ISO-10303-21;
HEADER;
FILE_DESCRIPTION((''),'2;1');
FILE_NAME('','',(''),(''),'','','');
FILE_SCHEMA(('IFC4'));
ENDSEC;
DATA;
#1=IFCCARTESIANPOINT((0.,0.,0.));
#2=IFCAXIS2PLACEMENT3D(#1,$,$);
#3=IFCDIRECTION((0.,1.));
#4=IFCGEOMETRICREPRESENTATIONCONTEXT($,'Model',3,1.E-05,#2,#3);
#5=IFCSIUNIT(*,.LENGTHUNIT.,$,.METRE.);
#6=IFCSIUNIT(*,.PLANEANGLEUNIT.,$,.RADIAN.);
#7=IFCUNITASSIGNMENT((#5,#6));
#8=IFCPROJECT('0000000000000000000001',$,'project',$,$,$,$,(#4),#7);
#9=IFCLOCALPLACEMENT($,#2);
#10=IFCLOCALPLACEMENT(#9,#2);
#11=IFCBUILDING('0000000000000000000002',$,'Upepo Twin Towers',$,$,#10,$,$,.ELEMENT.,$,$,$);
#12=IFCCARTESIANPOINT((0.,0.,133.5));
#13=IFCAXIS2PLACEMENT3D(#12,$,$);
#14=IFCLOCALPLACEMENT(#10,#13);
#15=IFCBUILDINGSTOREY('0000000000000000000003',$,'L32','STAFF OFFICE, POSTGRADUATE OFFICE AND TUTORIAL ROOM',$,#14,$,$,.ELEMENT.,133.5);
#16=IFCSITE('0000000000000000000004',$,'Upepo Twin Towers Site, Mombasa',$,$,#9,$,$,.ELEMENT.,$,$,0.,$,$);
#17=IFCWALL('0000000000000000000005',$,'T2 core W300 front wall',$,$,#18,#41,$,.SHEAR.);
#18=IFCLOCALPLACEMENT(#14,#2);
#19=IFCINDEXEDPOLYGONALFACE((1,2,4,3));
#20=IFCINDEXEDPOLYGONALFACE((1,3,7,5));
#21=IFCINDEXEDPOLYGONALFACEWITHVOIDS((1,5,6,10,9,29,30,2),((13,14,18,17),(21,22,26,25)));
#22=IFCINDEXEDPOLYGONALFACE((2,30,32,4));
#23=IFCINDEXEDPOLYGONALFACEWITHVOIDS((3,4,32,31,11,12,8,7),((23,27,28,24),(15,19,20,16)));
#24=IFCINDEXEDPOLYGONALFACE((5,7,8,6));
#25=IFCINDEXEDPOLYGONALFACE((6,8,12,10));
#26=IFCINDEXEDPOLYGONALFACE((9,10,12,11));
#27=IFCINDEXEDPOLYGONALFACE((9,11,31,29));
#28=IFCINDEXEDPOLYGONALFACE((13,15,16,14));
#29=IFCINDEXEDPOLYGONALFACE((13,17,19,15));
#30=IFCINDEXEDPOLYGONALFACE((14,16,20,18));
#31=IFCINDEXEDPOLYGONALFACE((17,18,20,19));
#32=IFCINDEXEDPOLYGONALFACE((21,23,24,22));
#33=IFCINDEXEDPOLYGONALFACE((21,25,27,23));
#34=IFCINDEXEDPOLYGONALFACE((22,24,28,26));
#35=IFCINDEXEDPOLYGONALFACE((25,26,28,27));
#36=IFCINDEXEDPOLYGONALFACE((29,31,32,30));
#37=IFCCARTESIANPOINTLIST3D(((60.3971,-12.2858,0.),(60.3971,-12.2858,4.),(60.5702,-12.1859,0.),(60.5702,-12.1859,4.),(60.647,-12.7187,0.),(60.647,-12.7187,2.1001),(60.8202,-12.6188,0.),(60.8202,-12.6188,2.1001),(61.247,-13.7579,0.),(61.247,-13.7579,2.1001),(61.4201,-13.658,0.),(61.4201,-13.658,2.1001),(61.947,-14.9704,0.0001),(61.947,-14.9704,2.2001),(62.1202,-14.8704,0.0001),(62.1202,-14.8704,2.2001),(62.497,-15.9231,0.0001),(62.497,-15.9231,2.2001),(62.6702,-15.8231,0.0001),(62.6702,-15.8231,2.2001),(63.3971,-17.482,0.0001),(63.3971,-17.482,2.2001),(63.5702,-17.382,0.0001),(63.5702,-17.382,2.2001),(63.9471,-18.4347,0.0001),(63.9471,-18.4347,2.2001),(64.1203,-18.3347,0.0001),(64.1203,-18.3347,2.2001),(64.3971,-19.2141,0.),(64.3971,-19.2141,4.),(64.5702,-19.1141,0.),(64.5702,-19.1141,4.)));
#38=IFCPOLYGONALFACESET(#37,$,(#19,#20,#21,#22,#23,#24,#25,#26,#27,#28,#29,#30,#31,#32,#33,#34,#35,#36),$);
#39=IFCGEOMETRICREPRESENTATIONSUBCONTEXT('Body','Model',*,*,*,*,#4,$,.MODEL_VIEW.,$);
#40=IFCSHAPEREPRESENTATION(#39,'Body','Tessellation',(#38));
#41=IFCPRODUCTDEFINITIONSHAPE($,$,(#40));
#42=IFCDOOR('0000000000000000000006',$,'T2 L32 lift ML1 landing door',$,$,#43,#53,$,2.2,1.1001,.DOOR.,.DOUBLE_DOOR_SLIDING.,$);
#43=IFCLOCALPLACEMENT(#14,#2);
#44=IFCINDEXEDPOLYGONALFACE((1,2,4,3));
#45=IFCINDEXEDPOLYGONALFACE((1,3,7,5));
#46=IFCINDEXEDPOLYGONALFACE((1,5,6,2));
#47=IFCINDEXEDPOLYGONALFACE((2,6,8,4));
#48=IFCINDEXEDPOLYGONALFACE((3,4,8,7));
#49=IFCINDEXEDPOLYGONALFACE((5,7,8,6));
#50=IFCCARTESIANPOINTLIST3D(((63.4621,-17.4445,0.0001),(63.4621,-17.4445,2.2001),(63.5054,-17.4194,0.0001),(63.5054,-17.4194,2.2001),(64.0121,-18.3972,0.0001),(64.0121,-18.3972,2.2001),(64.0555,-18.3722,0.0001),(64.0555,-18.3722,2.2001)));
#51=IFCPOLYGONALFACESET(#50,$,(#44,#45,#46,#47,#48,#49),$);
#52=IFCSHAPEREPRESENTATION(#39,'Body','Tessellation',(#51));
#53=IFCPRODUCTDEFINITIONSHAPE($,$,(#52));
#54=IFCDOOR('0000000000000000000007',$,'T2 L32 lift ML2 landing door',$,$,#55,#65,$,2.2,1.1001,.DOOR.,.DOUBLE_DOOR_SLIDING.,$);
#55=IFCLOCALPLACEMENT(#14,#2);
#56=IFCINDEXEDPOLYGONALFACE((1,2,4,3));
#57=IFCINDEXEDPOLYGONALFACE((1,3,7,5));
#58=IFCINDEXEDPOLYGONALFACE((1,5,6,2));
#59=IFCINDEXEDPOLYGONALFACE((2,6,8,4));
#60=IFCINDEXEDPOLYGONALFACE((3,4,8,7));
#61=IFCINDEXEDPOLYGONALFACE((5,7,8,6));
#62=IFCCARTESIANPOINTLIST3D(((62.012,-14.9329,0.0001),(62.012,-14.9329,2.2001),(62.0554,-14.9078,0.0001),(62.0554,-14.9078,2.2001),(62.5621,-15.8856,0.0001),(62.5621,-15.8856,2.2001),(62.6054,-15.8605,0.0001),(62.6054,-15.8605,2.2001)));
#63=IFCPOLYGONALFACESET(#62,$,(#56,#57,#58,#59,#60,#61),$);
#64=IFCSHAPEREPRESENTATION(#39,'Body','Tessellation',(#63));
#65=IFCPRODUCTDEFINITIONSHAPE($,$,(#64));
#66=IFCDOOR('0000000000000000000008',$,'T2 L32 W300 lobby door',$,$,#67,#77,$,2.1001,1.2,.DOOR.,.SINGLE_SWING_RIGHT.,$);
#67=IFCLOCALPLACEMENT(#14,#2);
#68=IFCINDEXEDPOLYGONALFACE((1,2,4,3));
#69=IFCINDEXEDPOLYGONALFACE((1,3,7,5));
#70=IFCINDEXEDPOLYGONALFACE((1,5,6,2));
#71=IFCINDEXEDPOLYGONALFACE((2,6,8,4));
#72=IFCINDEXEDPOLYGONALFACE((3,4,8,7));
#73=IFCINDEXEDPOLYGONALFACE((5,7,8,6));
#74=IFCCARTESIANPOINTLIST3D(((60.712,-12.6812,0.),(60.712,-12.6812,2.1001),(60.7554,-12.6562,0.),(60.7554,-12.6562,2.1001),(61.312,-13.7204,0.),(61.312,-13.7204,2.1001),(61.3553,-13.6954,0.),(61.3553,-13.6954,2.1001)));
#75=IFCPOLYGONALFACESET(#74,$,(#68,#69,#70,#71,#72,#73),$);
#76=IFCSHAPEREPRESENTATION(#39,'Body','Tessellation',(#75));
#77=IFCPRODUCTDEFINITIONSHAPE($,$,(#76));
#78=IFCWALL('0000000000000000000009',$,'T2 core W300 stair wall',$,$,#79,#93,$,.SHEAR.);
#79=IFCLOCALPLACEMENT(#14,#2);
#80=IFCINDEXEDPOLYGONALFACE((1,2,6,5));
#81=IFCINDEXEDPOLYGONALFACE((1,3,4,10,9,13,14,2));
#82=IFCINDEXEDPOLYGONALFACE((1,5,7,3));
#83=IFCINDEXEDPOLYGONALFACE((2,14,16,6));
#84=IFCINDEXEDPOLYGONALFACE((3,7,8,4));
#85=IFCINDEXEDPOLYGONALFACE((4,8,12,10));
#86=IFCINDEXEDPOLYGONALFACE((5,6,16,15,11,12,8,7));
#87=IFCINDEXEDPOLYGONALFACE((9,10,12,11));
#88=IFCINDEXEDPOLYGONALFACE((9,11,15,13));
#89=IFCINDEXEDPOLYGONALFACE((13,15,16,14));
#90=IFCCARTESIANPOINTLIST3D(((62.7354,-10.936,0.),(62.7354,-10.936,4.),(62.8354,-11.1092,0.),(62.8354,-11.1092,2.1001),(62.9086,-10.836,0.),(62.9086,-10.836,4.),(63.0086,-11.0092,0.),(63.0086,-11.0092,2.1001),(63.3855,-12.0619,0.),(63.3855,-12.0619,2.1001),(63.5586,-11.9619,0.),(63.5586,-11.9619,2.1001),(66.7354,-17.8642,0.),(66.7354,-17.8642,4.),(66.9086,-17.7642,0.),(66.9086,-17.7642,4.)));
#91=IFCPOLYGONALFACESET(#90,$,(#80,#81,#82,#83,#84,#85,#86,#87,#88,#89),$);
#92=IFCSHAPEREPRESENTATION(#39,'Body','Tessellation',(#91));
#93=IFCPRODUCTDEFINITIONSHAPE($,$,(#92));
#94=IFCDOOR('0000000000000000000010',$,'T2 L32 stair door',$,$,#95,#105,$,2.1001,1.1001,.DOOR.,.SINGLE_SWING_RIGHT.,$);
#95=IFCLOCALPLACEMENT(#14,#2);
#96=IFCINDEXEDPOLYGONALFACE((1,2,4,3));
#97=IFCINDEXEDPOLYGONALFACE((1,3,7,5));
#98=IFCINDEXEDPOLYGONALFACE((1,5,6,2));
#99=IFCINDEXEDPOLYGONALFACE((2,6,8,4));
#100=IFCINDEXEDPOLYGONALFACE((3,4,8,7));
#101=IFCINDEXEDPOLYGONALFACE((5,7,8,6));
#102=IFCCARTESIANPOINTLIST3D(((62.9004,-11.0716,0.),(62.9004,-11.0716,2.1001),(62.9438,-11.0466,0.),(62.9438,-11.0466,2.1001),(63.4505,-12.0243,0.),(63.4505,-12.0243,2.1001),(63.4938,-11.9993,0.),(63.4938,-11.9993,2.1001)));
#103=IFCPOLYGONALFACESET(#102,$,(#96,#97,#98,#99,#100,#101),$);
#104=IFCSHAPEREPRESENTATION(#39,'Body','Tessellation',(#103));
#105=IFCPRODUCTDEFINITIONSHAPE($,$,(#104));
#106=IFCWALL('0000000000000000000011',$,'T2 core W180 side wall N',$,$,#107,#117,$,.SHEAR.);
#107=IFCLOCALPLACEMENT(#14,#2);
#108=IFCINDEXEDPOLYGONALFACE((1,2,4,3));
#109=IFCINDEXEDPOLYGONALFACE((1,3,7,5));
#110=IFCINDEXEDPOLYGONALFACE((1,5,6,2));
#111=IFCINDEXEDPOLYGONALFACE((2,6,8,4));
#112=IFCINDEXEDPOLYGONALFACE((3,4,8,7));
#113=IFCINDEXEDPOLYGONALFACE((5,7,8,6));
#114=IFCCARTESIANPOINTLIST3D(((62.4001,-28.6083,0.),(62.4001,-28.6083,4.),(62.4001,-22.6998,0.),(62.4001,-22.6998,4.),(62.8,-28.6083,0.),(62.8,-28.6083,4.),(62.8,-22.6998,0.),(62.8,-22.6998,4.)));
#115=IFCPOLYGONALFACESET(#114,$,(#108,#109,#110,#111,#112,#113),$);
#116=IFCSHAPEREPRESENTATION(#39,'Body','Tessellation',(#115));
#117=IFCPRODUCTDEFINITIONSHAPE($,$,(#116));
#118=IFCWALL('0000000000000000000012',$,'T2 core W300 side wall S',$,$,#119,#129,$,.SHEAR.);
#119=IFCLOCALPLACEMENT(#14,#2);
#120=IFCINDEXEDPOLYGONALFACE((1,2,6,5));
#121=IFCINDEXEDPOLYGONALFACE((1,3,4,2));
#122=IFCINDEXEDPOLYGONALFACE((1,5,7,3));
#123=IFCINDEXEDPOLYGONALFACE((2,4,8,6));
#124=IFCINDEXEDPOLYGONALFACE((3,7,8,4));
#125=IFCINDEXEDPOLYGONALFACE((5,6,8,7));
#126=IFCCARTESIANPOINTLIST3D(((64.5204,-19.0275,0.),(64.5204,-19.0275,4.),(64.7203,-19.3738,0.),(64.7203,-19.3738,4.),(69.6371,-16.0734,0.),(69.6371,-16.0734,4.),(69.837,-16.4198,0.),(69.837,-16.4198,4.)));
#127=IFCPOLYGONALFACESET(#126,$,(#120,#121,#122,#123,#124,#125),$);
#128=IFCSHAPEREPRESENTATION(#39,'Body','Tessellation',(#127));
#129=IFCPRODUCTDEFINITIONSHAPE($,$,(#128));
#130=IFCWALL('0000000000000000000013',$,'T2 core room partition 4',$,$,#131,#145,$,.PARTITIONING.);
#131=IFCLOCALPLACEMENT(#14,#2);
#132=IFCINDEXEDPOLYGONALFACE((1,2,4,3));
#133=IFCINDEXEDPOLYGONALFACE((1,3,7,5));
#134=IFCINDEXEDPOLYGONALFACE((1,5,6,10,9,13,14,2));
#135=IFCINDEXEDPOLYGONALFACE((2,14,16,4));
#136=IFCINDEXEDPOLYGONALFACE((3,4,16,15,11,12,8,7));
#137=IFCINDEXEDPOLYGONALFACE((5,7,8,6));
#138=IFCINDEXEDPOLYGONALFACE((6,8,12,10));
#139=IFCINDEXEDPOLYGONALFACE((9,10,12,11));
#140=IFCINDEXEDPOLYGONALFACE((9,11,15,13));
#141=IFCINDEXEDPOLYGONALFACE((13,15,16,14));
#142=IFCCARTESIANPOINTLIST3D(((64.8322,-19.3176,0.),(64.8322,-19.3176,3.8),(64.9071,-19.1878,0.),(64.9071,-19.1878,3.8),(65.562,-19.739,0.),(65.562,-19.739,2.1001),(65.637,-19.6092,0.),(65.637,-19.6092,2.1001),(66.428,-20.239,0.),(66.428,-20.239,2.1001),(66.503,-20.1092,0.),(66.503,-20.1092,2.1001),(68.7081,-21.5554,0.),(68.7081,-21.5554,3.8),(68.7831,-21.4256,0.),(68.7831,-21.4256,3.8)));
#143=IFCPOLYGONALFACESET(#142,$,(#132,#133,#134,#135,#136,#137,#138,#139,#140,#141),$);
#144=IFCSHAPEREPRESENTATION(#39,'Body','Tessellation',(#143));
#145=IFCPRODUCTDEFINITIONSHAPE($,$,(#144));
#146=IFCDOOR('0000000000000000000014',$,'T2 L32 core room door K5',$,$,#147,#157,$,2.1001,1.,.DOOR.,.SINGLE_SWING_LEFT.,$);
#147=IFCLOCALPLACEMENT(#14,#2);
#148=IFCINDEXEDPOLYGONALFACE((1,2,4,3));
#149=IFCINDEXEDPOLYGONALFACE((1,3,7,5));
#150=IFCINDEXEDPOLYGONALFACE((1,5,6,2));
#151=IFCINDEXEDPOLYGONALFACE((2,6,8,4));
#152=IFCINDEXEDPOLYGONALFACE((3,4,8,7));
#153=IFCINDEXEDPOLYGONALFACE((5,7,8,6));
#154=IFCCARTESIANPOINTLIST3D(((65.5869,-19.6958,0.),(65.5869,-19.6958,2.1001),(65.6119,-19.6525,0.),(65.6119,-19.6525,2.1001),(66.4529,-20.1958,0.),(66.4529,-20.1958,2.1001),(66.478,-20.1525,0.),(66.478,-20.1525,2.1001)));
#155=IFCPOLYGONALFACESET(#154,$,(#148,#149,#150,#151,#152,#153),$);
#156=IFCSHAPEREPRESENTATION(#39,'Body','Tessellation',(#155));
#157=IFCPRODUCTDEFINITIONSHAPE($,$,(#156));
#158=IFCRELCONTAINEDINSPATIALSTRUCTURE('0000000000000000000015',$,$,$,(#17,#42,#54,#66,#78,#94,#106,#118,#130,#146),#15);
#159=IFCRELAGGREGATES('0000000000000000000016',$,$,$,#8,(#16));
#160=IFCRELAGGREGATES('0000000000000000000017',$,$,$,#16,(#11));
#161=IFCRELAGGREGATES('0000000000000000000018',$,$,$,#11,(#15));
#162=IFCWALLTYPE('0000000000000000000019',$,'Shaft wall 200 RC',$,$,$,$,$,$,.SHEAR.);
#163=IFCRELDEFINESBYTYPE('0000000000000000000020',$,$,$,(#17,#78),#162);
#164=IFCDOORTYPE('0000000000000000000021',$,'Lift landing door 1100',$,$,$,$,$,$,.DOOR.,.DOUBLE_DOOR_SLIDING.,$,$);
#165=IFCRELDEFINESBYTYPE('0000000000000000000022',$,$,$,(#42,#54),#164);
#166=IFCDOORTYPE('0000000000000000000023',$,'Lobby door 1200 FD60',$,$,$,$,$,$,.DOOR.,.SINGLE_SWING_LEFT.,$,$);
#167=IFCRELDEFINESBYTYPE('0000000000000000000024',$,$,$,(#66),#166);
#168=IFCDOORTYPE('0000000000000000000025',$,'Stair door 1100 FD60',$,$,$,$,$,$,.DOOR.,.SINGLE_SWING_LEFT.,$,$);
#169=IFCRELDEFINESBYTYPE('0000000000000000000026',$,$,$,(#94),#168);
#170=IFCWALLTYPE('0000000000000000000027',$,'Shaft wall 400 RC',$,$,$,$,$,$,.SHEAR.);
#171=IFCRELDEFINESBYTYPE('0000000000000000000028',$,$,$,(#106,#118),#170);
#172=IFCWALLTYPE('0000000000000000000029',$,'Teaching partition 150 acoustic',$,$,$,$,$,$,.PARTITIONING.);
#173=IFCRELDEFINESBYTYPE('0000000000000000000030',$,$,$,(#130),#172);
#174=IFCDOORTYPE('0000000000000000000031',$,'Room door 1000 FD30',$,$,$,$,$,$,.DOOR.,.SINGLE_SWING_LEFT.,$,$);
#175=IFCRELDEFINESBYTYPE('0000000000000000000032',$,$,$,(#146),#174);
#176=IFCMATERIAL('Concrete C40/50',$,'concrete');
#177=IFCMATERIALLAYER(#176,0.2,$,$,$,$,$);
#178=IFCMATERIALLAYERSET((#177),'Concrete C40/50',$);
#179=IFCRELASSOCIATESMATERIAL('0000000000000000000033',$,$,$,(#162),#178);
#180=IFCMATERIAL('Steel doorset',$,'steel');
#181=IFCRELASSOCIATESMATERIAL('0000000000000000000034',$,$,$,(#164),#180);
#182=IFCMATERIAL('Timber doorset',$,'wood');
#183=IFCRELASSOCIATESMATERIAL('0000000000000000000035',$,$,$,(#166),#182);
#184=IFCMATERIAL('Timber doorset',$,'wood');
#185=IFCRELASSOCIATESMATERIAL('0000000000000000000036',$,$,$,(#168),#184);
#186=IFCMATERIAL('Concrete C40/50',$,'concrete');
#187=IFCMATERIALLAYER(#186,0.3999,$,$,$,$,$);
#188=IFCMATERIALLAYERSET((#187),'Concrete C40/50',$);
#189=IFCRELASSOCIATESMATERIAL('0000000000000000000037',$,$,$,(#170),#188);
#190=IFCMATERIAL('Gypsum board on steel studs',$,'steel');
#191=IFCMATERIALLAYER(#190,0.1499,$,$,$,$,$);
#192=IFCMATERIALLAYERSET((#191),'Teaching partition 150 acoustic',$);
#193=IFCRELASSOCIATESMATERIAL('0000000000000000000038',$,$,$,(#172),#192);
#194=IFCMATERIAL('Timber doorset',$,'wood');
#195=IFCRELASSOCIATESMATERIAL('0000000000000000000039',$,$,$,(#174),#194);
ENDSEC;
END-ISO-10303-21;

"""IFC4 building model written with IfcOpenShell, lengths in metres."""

from ifc_helpers import new_model, si_unit, direction, frame, frame_2d, origin, place, context, subcontext, project, spatial, rectangle, extrude, material, layer, layer_set, type_object, element, fill, save


model = new_model("IFC4")

# Units and contexts
model_context = context("Model", 3, precision=1e-05, world=origin(), true_north=direction((0.0, 1.0)))
body_context = subcontext(model_context, "Body", "Model", "MODEL_VIEW")
ifc_project = project(units=[si_unit("LENGTHUNIT", "METRE"), si_unit("PLANEANGLEUNIT", "RADIAN")], contexts=[model_context])

# Site, building, storey
site_placement = place(None, origin())
site = spatial("IfcSite", under=ifc_project, at=site_placement, Name="Upepo Twin Towers Site, Mombasa", CompositionType="ELEMENT", RefElevation=0.0)
building_placement = place(site_placement, origin())
building = spatial("IfcBuilding", under=site, at=building_placement, Name="Upepo Twin Towers", CompositionType="ELEMENT")
storey_placement = place(building_placement, frame((0.0, 0.0, 133.5)))
storey = spatial("IfcBuildingStorey", under=building, at=storey_placement, Name="L32", Description="STAFF OFFICE, POSTGRADUATE OFFICE AND TUTORIAL ROOM", CompositionType="ELEMENT", Elevation=133.5)

# Shared definitions
ifc_material_1 = material(Name="Concrete C40/50", Category="concrete")
ifc_layer_1 = layer(ifc_material_1, 0.2)
ifc_layer_set_1 = layer_set([ifc_layer_1], Name="Concrete C40/50")
wall_type_1 = type_object("IfcWallType", Name="Shaft wall 200 RC", PredefinedType="SHEAR", material=ifc_layer_set_1)

# Wall, openings, doors
wall_1_placement = place(storey_placement, frame((64.4836, -19.1641, 0.0), z_axis=(0.0, 0.0, 1.0), x_axis=(-0.499999, 0.866026, 0.0)))
wall_1 = element("IfcWall", 1, at=wall_1_placement, inside=storey, type_object=wall_type_1, Name="T2 core W300 front wall", PredefinedType="SHEAR", context=body_context, shape_type="SweptSolid", body=[
    extrude(rectangle(XDim=8.0, YDim=0.2, at=frame_2d((4.0, 0.0))), origin(), (0.0, 0.0, 1.0), 4.0),
])
opening_1_placement = place(wall_1_placement, frame((6.3, 0.0, 0.0)))
opening_1 = element("IfcOpeningElement", 2, at=opening_1_placement, cuts=wall_1, PredefinedType="OPENING", context=body_context, shape_type="SweptSolid", body=[
    extrude(rectangle(XDim=1.2, YDim=2.1001, at=frame_2d((0.6001, 1.05))), frame((0.0, 0.1099, 0.0), z_axis=(0.0, -1.0, 0.0), x_axis=(1.0, 0.0, 0.0)), (0.0, 0.0, 1.0), 0.22),
])
opening_2_placement = place(wall_1_placement, frame((0.8999, 0.0, 0.0)))
opening_2 = element("IfcOpeningElement", 3, at=opening_2_placement, cuts=wall_1, PredefinedType="OPENING", context=body_context, shape_type="SweptSolid", body=[
    extrude(rectangle(XDim=1.1001, YDim=2.2, at=frame_2d((0.55, 1.1001))), frame((0.0, 0.1099, 0.0), z_axis=(0.0, -1.0, 0.0), x_axis=(1.0, 0.0, 0.0)), (0.0, 0.0, 1.0), 0.22),
])
opening_3_placement = place(wall_1_placement, frame((3.8, 0.0, 0.0)))
opening_3 = element("IfcOpeningElement", 4, at=opening_3_placement, cuts=wall_1, PredefinedType="OPENING", context=body_context, shape_type="SweptSolid", body=[
    extrude(rectangle(XDim=1.1001, YDim=2.2, at=frame_2d((0.55, 1.1001))), frame((0.0, 0.1099, 0.0), z_axis=(0.0, -1.0, 0.0), x_axis=(1.0, 0.0, 0.0)), (0.0, 0.0, 1.0), 0.22),
])
ifc_material_2 = material(Name="Steel doorset", Category="steel")
door_type_1 = type_object("IfcDoorType", Name="Lift landing door 1100", OperationType="DOUBLE_DOOR_SLIDING", PredefinedType="DOOR", material=ifc_material_2)
door_1_placement = place(opening_2_placement, origin())
door_1 = element("IfcDoor", 5, at=door_1_placement, inside=storey, type_object=door_type_1, Name="T2 L32 lift ML1 landing door", OperationType="DOUBLE_DOOR_SLIDING", OverallHeight=2.2, OverallWidth=1.1001, PredefinedType="DOOR", context=body_context, shape_type="SweptSolid", body=[
    extrude(rectangle(XDim=1.1001, YDim=2.2, at=frame_2d((0.55, 1.1001))), frame((0.0, 0.0249, 0.0), z_axis=(0.0, -1.0, 0.0), x_axis=(1.0, 0.0, 0.0)), (0.0, 0.0, 1.0), 0.05),
])
fill(opening_2, door_1)
door_2_placement = place(opening_3_placement, origin())
door_2 = element("IfcDoor", 6, at=door_2_placement, inside=storey, type_object=door_type_1, Name="T2 L32 lift ML2 landing door", OperationType="DOUBLE_DOOR_SLIDING", OverallHeight=2.2, OverallWidth=1.1001, PredefinedType="DOOR", context=body_context, shape_type="SweptSolid", body=[
    extrude(rectangle(XDim=1.1001, YDim=2.2, at=frame_2d((0.55, 1.1001))), frame((0.0, 0.0249, 0.0), z_axis=(0.0, -1.0, 0.0), x_axis=(1.0, 0.0, 0.0)), (0.0, 0.0, 1.0), 0.05),
])
fill(opening_3, door_2)
ifc_material_3 = material(Name="Timber doorset", Category="wood")
door_type_2 = type_object("IfcDoorType", Name="Lobby door 1200 FD60", OperationType="SINGLE_SWING_LEFT", PredefinedType="DOOR", material=ifc_material_3)
door_3_placement = place(opening_1_placement, origin())
door_3 = element("IfcDoor", 7, at=door_3_placement, inside=storey, type_object=door_type_2, Name="T2 L32 W300 lobby door", OperationType="SINGLE_SWING_RIGHT", OverallHeight=2.1001, OverallWidth=1.2, PredefinedType="DOOR", context=body_context, shape_type="SweptSolid", body=[
    extrude(rectangle(XDim=1.2, YDim=2.1001, at=frame_2d((0.6001, 1.05))), frame((0.0, 0.0249, 0.0), z_axis=(0.0, -1.0, 0.0), x_axis=(1.0, 0.0, 0.0)), (0.0, 0.0, 1.0), 0.05),
])
fill(opening_1, door_3)

# Wall, opening, door
wall_2_placement = place(storey_placement, frame((66.822, -17.8142, 0.0), z_axis=(0.0, 0.0, 1.0), x_axis=(-0.499999, 0.866026, 0.0)))
wall_2 = element("IfcWall", 8, at=wall_2_placement, inside=storey, type_object=wall_type_1, Name="T2 core W300 stair wall", PredefinedType="SHEAR", context=body_context, shape_type="SweptSolid", body=[
    extrude(rectangle(XDim=8.0, YDim=0.2, at=frame_2d((4.0, 0.0))), origin(), (0.0, 0.0, 1.0), 4.0),
])
opening_4_placement = place(wall_2_placement, frame((6.7, 0.0, 0.0)))
opening_4 = element("IfcOpeningElement", 9, at=opening_4_placement, cuts=wall_2, PredefinedType="OPENING", context=body_context, shape_type="SweptSolid", body=[
    extrude(rectangle(XDim=1.1001, YDim=2.1001, at=frame_2d((0.55, 1.05))), frame((0.0, 0.1099, 0.0), z_axis=(0.0, -1.0, 0.0), x_axis=(1.0, 0.0, 0.0)), (0.0, 0.0, 1.0), 0.22),
])
ifc_material_4 = material(Name="Timber doorset", Category="wood")
door_type_3 = type_object("IfcDoorType", Name="Stair door 1100 FD60", OperationType="SINGLE_SWING_LEFT", PredefinedType="DOOR", material=ifc_material_4)
door_4_placement = place(opening_4_placement, origin())
door_4 = element("IfcDoor", 10, at=door_4_placement, inside=storey, type_object=door_type_3, Name="T2 L32 stair door", OperationType="SINGLE_SWING_RIGHT", OverallHeight=2.1001, OverallWidth=1.1001, PredefinedType="DOOR", context=body_context, shape_type="SweptSolid", body=[
    extrude(rectangle(XDim=1.1001, YDim=2.1001, at=frame_2d((0.55, 1.05))), frame((0.0, 0.0249, 0.0), z_axis=(0.0, -1.0, 0.0), x_axis=(1.0, 0.0, 0.0)), (0.0, 0.0, 1.0), 0.05),
])
fill(opening_4, door_4)

# Walls
ifc_material_5 = material(Name="Concrete C40/50", Category="concrete")
ifc_layer_2 = layer(ifc_material_5, 0.3999)
ifc_layer_set_2 = layer_set([ifc_layer_2], Name="Concrete C40/50")
wall_type_2 = type_object("IfcWallType", Name="Shaft wall 400 RC", PredefinedType="SHEAR", material=ifc_layer_set_2)
wall_3_placement = place(storey_placement, frame((62.6001, -22.7, 0.0), z_axis=(0.0, 0.0, 1.0), x_axis=(0.0, -1.0, 0.0)))
element("IfcWall", 11, at=wall_3_placement, inside=storey, type_object=wall_type_2, Name="T2 core W180 side wall N", PredefinedType="SHEAR", context=body_context, shape_type="SweptSolid", body=[
    extrude(rectangle(XDim=5.9084, YDim=0.3999, at=frame_2d((2.9541, 0.0))), origin(), (0.0, 0.0, 1.0), 4.0),
])
wall_4_placement = place(storey_placement, frame((64.6204, -19.2007, 0.0), z_axis=(0.0, 0.0, 1.0), x_axis=(0.866027, 0.499997, 0.0)))
element("IfcWall", 12, at=wall_4_placement, inside=storey, type_object=wall_type_2, Name="T2 core W300 side wall S", PredefinedType="SHEAR", context=body_context, shape_type="SweptSolid", body=[
    extrude(rectangle(XDim=5.9082, YDim=0.3999, at=frame_2d((2.9541, 0.0))), origin(), (0.0, 0.0, 1.0), 4.0),
])

# Wall, opening, door
ifc_material_6 = material(Name="Gypsum board on steel studs", Category="steel")
ifc_layer_3 = layer(ifc_material_6, 0.1499)
ifc_layer_set_3 = layer_set([ifc_layer_3], Name="Teaching partition 150 acoustic")
wall_type_3 = type_object("IfcWallType", Name="Teaching partition 150 acoustic", PredefinedType="PARTITIONING", material=ifc_layer_set_3)
wall_5_placement = place(storey_placement, frame((64.8696, -19.2527, 0.0), z_axis=(0.0, 0.0, 1.0), x_axis=(0.866026, -0.499999, 0.0)))
wall_5 = element("IfcWall", 13, at=wall_5_placement, inside=storey, type_object=wall_type_3, Name="T2 core room partition 4", PredefinedType="PARTITIONING", context=body_context, shape_type="SweptSolid", body=[
    extrude(rectangle(XDim=4.4756, YDim=0.1499, at=frame_2d((2.2378, 0.0))), origin(), (0.0, 0.0, 1.0), 3.8),
])
opening_5_placement = place(wall_5_placement, frame((0.8428, 0.0, 0.0)))
opening_5 = element("IfcOpeningElement", 14, at=opening_5_placement, cuts=wall_5, PredefinedType="OPENING", context=body_context, shape_type="SweptSolid", body=[
    extrude(rectangle(XDim=1.0, YDim=2.1001, at=frame_2d((0.5, 1.05))), frame((0.0, 0.085, 0.0), z_axis=(0.0, -1.0, 0.0), x_axis=(1.0, 0.0, 0.0)), (0.0, 0.0, 1.0), 0.1699),
])
ifc_material_7 = material(Name="Timber doorset", Category="wood")
door_type_4 = type_object("IfcDoorType", Name="Room door 1000 FD30", OperationType="SINGLE_SWING_LEFT", PredefinedType="DOOR", material=ifc_material_7)
door_5_placement = place(opening_5_placement, origin())
door_5 = element("IfcDoor", 15, at=door_5_placement, inside=storey, type_object=door_type_4, Name="T2 L32 core room door K5", OperationType="SINGLE_SWING_LEFT", OverallHeight=2.1001, OverallWidth=1.0, PredefinedType="DOOR", context=body_context, shape_type="SweptSolid", body=[
    extrude(rectangle(XDim=1.0, YDim=2.1001, at=frame_2d((0.5, 1.05))), frame((0.0, 0.0249, 0.0), z_axis=(0.0, -1.0, 0.0), x_axis=(1.0, 0.0, 0.0)), (0.0, 0.0, 1.0), 0.05),
])
fill(opening_5, door_5)

save(model, "model.ifc")
